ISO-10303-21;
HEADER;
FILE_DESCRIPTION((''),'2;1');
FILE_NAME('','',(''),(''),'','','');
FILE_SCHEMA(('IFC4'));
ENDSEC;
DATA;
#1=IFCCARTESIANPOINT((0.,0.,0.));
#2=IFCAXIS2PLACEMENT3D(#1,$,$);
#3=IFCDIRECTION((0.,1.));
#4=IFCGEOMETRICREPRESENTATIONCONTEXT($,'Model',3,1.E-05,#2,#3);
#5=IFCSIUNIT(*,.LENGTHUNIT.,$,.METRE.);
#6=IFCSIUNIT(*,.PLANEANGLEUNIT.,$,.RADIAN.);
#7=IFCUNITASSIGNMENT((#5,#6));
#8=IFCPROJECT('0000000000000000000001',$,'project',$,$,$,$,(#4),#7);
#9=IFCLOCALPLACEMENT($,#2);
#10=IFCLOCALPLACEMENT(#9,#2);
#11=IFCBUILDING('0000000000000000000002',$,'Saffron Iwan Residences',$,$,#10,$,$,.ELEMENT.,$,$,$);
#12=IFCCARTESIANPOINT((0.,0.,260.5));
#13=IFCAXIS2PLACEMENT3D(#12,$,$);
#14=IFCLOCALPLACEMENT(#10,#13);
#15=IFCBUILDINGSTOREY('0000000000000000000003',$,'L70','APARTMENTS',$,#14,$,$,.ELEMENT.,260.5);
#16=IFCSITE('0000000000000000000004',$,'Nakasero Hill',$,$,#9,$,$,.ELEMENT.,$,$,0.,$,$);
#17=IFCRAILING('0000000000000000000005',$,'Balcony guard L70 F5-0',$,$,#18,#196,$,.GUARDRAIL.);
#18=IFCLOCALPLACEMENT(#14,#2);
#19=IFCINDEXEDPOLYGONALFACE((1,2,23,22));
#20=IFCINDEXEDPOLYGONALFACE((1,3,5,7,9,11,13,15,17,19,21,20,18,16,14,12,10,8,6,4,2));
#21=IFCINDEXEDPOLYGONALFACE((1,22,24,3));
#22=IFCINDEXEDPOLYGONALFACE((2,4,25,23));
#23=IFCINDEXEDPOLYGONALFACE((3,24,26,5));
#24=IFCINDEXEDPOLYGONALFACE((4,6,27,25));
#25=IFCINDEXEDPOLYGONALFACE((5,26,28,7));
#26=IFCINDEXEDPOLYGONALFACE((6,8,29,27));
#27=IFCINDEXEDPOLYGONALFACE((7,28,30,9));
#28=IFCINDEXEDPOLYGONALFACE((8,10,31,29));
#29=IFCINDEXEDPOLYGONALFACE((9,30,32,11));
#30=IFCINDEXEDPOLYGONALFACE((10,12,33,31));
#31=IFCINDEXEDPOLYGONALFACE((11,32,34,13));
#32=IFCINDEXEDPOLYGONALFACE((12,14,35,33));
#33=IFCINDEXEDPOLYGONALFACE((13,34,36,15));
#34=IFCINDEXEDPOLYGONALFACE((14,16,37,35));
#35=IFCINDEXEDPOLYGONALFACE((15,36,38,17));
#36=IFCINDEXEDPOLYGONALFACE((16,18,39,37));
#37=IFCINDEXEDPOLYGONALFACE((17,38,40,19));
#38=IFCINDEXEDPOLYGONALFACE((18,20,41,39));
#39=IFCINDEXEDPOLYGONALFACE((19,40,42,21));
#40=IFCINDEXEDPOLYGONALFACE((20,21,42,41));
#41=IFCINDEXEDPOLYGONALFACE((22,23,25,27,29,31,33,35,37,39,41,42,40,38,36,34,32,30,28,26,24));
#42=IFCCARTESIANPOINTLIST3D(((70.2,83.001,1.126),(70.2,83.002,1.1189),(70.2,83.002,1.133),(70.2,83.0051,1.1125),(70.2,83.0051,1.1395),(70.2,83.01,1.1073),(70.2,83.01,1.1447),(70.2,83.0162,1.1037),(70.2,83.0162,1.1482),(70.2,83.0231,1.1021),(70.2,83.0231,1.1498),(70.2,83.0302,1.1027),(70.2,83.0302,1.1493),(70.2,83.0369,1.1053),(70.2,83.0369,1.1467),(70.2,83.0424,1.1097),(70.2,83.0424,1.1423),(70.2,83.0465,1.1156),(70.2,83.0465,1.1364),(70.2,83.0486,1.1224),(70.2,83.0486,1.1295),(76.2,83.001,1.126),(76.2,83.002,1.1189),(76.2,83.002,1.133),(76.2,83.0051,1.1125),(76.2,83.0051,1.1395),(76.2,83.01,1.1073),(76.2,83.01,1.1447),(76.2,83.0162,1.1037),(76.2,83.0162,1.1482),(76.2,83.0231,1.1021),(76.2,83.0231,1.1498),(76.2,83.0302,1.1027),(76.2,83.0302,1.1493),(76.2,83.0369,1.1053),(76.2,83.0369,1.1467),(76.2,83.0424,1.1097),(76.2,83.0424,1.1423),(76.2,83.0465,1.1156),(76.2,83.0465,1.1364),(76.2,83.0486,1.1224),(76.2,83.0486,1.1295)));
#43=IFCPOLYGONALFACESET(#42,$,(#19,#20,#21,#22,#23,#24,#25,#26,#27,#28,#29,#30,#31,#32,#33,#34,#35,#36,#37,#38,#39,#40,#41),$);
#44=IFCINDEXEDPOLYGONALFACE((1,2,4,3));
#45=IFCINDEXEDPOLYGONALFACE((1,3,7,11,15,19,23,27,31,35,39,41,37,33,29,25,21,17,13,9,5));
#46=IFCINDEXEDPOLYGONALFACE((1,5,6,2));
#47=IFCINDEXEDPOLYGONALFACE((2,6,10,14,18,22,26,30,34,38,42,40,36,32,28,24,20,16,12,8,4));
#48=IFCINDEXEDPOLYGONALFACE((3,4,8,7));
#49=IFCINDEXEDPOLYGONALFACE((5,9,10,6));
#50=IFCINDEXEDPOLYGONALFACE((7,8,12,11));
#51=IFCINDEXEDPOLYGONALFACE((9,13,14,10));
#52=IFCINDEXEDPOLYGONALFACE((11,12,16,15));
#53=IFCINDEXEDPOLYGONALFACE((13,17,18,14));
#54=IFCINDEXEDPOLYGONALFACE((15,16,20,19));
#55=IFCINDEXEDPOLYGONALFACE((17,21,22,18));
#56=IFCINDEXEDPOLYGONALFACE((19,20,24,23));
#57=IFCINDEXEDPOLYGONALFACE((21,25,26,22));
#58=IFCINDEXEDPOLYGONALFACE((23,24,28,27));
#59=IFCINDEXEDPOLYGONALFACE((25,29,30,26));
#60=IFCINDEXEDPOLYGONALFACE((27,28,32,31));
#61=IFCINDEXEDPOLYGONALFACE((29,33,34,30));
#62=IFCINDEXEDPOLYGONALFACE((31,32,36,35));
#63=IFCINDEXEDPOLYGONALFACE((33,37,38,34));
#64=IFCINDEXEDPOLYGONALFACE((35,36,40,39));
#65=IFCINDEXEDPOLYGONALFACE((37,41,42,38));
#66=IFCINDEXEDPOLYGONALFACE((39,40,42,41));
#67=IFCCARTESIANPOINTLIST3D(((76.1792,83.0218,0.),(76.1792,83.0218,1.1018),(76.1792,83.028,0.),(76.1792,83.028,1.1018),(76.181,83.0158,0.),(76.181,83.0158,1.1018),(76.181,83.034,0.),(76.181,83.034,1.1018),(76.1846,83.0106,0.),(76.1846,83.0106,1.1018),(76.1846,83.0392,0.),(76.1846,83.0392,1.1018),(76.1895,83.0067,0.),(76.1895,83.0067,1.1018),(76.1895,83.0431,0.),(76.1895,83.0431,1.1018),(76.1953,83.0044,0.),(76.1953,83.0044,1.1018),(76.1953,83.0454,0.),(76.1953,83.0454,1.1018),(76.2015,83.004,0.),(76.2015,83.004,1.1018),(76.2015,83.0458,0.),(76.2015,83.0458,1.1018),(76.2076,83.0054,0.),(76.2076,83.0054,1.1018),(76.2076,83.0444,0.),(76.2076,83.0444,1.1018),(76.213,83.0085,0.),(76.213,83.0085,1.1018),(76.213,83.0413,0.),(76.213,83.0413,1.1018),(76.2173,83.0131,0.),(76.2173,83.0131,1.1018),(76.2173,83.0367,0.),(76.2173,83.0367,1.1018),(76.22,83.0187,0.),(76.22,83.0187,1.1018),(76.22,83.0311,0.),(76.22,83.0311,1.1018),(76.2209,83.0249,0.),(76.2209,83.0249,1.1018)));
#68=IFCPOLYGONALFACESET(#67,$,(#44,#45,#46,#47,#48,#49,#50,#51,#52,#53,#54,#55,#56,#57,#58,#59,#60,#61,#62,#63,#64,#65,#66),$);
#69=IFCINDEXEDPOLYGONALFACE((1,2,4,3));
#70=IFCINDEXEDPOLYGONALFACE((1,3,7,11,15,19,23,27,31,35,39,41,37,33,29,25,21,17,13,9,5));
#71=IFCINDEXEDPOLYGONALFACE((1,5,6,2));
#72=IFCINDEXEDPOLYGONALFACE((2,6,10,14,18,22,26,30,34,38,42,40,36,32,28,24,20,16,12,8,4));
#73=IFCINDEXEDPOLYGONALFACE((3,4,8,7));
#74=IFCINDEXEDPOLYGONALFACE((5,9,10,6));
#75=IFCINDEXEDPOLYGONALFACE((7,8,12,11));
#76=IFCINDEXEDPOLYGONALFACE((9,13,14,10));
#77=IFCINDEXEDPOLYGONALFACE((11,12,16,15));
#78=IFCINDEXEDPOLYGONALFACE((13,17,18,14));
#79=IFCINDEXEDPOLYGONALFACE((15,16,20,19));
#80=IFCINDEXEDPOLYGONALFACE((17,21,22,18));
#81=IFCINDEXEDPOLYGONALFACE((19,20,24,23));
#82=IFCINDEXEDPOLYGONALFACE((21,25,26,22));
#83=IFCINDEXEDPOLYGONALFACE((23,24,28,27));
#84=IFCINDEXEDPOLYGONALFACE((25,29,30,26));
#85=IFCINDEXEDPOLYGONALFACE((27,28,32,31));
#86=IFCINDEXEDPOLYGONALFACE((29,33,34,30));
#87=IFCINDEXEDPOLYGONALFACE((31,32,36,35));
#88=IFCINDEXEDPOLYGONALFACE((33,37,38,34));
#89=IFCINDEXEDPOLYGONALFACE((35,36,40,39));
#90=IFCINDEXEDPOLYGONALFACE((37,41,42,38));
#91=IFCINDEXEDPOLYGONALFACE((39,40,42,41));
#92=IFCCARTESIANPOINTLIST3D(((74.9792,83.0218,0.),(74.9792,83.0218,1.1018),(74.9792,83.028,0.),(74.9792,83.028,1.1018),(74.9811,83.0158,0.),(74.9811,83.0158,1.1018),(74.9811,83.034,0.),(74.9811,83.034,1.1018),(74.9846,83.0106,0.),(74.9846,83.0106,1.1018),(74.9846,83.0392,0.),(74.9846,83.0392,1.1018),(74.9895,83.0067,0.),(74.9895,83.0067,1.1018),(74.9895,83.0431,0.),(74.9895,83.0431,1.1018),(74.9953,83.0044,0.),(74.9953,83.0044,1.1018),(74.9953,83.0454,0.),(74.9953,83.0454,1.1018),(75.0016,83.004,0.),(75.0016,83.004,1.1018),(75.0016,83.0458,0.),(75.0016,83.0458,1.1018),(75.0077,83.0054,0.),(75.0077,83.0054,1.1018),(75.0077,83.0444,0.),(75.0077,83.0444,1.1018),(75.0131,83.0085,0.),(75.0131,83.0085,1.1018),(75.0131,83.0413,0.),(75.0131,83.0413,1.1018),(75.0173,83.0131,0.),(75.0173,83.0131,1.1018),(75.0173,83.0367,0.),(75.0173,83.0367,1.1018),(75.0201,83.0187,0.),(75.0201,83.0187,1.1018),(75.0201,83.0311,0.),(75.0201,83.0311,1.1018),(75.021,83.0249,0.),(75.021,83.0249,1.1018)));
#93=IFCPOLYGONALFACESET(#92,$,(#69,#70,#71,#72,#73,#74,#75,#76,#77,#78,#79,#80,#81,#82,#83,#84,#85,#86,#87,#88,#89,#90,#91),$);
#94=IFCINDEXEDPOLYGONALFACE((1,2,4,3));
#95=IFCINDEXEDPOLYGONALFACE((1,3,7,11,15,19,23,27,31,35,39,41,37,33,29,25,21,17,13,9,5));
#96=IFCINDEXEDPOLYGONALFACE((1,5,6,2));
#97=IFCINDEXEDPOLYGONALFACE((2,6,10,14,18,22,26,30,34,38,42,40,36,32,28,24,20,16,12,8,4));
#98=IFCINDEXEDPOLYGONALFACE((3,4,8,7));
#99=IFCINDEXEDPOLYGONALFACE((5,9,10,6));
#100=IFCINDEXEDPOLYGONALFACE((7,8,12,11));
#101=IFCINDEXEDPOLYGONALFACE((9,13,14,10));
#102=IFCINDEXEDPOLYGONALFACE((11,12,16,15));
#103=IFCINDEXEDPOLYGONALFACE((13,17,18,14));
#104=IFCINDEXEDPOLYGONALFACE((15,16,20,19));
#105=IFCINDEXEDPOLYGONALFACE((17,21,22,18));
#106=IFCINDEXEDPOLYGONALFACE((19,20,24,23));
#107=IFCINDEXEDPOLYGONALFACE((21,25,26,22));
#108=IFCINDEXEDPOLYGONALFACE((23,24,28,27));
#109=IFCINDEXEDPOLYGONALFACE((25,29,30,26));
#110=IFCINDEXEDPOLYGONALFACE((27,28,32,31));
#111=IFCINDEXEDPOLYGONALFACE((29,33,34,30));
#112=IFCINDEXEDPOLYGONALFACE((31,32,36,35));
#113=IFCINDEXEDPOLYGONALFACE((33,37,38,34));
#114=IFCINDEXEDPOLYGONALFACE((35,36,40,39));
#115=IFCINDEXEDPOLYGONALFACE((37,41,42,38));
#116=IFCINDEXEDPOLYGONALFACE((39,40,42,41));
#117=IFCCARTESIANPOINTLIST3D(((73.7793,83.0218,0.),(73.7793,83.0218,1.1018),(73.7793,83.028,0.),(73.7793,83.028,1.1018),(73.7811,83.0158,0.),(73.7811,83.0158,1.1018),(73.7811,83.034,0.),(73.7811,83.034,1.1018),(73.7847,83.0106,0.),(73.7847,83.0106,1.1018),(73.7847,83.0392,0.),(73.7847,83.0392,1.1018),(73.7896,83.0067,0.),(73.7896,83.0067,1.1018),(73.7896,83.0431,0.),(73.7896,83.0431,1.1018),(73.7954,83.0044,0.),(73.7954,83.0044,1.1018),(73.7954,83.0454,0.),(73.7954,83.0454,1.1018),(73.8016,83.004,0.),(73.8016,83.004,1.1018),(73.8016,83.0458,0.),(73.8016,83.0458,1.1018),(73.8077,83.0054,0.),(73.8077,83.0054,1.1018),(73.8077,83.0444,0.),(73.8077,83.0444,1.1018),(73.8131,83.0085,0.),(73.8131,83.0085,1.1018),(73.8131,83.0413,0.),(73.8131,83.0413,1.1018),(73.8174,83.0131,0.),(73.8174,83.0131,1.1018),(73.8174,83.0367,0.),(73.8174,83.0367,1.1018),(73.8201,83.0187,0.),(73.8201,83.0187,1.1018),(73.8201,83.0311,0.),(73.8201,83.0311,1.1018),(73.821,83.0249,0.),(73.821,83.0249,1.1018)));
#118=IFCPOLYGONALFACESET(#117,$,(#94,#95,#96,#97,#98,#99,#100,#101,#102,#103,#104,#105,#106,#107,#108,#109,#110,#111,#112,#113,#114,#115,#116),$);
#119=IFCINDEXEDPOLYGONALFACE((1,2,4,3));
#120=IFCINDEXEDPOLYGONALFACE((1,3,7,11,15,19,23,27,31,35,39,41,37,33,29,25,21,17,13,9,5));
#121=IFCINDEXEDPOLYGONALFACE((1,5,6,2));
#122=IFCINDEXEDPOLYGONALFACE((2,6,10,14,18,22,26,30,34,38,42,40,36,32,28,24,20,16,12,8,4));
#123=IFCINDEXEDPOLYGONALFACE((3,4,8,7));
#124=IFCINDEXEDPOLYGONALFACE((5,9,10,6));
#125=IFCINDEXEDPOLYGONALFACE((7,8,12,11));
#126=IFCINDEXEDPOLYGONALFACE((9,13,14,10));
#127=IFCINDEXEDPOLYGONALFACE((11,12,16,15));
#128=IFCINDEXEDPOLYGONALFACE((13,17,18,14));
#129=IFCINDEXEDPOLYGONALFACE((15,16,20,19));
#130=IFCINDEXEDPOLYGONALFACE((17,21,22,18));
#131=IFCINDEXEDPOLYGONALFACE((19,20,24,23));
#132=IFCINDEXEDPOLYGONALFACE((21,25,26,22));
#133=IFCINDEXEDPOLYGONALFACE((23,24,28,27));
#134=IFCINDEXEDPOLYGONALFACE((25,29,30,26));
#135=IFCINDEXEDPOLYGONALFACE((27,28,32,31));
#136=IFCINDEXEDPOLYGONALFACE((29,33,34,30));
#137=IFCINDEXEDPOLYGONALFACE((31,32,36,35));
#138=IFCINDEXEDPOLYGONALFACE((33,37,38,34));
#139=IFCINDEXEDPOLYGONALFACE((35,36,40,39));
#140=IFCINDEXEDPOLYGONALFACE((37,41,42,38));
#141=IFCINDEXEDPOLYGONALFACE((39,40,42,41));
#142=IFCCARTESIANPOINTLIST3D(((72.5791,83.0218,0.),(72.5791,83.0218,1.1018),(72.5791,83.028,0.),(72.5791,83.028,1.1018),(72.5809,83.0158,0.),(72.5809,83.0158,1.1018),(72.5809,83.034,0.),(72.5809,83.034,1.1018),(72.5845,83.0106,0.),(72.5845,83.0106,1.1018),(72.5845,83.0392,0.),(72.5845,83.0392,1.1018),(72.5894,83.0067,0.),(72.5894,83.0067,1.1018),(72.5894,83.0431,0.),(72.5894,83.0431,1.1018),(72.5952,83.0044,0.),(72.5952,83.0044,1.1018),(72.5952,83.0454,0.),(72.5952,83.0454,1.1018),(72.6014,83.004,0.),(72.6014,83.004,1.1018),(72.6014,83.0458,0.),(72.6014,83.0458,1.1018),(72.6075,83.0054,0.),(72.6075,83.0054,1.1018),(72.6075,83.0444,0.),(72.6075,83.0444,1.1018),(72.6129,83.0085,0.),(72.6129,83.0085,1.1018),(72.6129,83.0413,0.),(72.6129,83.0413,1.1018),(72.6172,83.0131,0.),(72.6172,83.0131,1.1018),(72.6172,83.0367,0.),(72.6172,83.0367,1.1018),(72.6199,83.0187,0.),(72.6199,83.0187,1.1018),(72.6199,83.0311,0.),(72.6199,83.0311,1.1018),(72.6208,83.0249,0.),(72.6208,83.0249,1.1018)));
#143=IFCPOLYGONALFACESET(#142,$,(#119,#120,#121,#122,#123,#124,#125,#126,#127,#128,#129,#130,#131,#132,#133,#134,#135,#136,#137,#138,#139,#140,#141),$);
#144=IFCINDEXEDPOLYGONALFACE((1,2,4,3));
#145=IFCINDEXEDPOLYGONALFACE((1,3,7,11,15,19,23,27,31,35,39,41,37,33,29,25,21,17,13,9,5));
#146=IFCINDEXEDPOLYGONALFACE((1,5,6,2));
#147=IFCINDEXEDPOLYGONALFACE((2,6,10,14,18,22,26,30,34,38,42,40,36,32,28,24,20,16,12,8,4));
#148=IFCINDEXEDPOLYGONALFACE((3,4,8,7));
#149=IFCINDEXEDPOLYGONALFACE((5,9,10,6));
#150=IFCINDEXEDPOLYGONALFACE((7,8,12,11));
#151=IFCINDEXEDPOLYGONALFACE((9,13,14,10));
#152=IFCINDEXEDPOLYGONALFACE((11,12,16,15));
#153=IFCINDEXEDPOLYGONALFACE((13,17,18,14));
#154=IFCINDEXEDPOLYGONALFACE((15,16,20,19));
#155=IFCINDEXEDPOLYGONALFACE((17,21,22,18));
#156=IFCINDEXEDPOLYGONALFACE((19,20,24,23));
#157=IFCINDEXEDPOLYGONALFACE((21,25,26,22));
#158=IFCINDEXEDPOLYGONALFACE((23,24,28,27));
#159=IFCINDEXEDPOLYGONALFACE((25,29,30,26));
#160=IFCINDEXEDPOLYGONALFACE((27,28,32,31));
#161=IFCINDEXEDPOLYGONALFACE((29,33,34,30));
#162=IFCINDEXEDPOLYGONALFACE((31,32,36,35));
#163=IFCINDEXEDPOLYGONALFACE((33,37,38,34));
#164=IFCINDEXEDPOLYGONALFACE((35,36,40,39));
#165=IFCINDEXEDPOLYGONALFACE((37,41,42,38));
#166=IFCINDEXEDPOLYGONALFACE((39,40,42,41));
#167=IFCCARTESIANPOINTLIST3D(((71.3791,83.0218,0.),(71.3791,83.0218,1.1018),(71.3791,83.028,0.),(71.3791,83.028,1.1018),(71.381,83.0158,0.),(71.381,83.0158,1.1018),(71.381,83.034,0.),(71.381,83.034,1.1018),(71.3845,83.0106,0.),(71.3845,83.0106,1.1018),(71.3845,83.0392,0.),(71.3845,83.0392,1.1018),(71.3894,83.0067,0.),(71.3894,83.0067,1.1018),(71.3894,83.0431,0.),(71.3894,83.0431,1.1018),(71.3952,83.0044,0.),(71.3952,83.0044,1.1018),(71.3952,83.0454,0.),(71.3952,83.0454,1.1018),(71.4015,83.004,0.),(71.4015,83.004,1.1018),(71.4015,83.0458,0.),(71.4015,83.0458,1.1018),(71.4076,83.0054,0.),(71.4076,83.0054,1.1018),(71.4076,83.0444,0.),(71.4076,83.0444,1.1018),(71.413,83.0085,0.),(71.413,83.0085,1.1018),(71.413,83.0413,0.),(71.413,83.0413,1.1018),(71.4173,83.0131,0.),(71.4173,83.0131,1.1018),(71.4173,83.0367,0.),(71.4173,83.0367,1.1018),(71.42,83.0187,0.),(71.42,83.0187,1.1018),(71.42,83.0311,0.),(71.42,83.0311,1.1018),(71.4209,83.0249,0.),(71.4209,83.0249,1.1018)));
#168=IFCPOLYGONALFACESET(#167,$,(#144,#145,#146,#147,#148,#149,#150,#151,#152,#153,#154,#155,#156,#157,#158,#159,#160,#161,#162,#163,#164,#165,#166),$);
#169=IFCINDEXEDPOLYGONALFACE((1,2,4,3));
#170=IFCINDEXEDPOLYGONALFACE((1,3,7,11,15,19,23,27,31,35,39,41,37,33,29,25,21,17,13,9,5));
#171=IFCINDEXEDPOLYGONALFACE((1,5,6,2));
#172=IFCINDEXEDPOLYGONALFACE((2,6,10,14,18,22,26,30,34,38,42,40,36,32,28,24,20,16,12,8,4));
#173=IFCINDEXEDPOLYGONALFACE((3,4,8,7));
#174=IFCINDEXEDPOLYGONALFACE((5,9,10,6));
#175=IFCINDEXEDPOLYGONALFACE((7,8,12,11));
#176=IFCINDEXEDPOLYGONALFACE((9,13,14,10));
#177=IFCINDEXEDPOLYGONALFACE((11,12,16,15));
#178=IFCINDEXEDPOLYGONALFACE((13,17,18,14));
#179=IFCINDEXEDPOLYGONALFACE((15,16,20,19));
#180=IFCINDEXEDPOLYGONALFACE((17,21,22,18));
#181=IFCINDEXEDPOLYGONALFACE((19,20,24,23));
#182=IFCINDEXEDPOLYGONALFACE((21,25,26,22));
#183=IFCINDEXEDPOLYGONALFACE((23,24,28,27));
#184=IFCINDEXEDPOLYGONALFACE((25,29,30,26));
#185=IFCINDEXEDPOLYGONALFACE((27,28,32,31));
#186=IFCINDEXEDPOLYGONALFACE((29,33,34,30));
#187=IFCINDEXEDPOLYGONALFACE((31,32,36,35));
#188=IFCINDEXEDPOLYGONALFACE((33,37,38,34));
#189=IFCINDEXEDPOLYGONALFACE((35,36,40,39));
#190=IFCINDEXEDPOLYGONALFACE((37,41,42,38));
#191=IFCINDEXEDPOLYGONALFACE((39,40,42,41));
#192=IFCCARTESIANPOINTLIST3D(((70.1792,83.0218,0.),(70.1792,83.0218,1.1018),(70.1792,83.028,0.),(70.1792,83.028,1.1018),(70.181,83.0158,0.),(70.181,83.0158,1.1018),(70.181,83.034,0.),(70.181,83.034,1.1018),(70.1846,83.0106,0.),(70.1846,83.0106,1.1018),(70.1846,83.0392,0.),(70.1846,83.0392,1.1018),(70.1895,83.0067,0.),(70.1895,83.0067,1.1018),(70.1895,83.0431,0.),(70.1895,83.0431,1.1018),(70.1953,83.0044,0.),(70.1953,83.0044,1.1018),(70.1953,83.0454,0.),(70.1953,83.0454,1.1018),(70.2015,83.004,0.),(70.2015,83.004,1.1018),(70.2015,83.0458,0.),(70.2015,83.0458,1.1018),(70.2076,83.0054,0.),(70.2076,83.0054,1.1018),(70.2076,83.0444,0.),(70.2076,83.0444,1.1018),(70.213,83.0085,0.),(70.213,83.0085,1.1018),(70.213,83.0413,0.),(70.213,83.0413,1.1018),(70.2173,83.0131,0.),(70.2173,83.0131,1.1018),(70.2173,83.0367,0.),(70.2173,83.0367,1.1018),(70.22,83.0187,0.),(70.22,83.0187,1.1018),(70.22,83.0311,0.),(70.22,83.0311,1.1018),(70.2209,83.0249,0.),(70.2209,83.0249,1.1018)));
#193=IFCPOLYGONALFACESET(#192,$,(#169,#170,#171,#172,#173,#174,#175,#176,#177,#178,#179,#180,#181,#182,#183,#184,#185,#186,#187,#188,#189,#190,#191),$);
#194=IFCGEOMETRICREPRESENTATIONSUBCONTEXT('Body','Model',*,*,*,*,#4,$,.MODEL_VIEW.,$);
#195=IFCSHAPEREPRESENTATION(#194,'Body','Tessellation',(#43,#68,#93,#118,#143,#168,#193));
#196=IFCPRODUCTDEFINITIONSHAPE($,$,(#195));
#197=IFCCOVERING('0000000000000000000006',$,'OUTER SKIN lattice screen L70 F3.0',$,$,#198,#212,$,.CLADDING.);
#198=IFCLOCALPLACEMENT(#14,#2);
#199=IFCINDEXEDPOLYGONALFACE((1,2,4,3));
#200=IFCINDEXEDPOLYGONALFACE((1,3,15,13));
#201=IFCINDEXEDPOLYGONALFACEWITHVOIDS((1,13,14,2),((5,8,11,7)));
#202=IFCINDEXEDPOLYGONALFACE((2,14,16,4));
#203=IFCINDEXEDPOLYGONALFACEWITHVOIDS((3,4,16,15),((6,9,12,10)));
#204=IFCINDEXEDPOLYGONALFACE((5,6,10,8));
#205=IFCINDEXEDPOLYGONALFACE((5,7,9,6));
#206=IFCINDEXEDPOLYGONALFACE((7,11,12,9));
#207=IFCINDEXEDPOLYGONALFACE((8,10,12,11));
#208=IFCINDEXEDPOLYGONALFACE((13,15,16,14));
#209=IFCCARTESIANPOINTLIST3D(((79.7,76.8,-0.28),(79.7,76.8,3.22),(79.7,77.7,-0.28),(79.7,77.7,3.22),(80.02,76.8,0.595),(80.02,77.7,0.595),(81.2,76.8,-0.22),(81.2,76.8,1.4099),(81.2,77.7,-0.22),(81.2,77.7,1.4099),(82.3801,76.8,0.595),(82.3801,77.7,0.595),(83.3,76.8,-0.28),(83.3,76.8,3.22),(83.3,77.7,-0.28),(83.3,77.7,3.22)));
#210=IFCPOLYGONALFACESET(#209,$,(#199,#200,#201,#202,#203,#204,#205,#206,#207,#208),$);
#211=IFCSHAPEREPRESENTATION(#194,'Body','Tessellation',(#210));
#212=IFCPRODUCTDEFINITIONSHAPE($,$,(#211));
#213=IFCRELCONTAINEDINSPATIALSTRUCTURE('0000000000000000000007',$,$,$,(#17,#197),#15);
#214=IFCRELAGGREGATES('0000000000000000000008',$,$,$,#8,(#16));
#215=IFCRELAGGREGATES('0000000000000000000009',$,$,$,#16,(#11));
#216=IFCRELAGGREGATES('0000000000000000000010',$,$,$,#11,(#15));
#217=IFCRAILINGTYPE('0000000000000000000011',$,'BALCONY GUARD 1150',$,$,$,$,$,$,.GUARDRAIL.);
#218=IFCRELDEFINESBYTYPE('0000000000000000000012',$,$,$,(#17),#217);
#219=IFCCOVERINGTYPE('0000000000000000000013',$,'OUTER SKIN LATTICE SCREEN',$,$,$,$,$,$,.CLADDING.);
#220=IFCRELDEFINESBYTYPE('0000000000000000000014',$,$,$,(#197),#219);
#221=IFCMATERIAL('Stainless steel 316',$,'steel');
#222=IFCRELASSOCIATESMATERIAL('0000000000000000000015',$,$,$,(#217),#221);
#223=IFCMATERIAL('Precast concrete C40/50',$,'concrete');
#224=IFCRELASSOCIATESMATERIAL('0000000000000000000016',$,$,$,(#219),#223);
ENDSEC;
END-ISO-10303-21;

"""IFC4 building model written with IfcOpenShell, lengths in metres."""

from ifc_helpers import new_model, si_unit, direction, frame, origin, origin_2d, place, context, subcontext, project, spatial, polyline, circle, outline, extrude, material, type_object, element, save


model = new_model("IFC4")

# Units and contexts
model_context = context("Model", 3, precision=1e-05, world=origin(), true_north=direction((0.0, 1.0)))
body_context = subcontext(model_context, "Body", "Model", "MODEL_VIEW")
ifc_project = project(units=[si_unit("LENGTHUNIT", "METRE"), si_unit("PLANEANGLEUNIT", "RADIAN")], contexts=[model_context])

# Site, building, storey
site_placement = place(None, origin())
site = spatial("IfcSite", under=ifc_project, at=site_placement, Name="Nakasero Hill", CompositionType="ELEMENT", RefElevation=0.0)
building_placement = place(site_placement, origin())
building = spatial("IfcBuilding", under=site, at=building_placement, Name="Saffron Iwan Residences", CompositionType="ELEMENT")
storey_placement = place(building_placement, frame((0.0, 0.0, 260.5)))
storey = spatial("IfcBuildingStorey", under=building, at=storey_placement, Name="L70", Description="APARTMENTS", CompositionType="ELEMENT", Elevation=260.5)

# Railing
ifc_material_1 = material(Name="Stainless steel 316", Category="steel")
railing_type_1 = type_object("IfcRailingType", Name="BALCONY GUARD 1150", PredefinedType="GUARDRAIL", material=ifc_material_1)
railing_1_placement = place(storey_placement, frame((76.2, 83.0249, 0.0)))
element("IfcRailing", 1, at=railing_1_placement, inside=storey, type_object=railing_type_1, Name="Balcony guard L70 F5-0", PredefinedType="GUARDRAIL", context=body_context, shape_type="SweptSolid", body=[
    extrude(circle(Radius=0.0239, at=origin_2d()), frame((0.0, 0.0, 1.126), z_axis=(-1.0, 0.0, 0.0), x_axis=(0.0, -1.0, 0.0)), (0.0, 0.0, 1.0), 6.0),
    extrude(circle(Radius=0.021, at=origin_2d()), origin(), (0.0, 0.0, 1.0), 1.1018),
    extrude(circle(Radius=0.021, at=origin_2d()), frame((-1.2, 0.0, 0.0)), (0.0, 0.0, 1.0), 1.1018),
    extrude(circle(Radius=0.021, at=origin_2d()), frame((-2.3999, 0.0, 0.0)), (0.0, 0.0, 1.0), 1.1018),
    extrude(circle(Radius=0.021, at=origin_2d()), frame((-3.6001, 0.0, 0.0)), (0.0, 0.0, 1.0), 1.1018),
    extrude(circle(Radius=0.021, at=origin_2d()), frame((-4.8, 0.0, 0.0)), (0.0, 0.0, 1.0), 1.1018),
    extrude(circle(Radius=0.021, at=origin_2d()), frame((-6.0, 0.0, 0.0)), (0.0, 0.0, 1.0), 1.1018),
])

# Covering
ifc_material_2 = material(Name="Precast concrete C40/50", Category="concrete")
covering_type = type_object("IfcCoveringType", Name="OUTER SKIN LATTICE SCREEN", PredefinedType="CLADDING", material=ifc_material_2)
for number, where, z_axis, x_axis, name in (
    (2, (83.3, 76.8, -0.28), (0.0, 1.0, 0.0), (-1.0, 0.0, 0.0), "OUTER SKIN lattice screen L70 F3.0"),
):
    element("IfcCovering", number, at=place(storey_placement, frame(where, z_axis=z_axis, x_axis=x_axis)), inside=storey, type_object=covering_type, Name=name, PredefinedType="CLADDING", context=body_context, shape_type="SweptSolid", body=[
        extrude(outline(polyline([(0.0, 0.0), (3.6001, 0.0), (3.6001, 3.5), (0.0, 3.5), (0.0, 0.0)]), holes=[polyline([(0.9199, 0.875), (2.1001, 0.0601), (3.28, 0.875), (2.1001, 1.6899), (0.9199, 0.875)])]), origin(), (0.0, 0.0, 1.0), 0.8999),
    ])

save(model, "model.ifc")
